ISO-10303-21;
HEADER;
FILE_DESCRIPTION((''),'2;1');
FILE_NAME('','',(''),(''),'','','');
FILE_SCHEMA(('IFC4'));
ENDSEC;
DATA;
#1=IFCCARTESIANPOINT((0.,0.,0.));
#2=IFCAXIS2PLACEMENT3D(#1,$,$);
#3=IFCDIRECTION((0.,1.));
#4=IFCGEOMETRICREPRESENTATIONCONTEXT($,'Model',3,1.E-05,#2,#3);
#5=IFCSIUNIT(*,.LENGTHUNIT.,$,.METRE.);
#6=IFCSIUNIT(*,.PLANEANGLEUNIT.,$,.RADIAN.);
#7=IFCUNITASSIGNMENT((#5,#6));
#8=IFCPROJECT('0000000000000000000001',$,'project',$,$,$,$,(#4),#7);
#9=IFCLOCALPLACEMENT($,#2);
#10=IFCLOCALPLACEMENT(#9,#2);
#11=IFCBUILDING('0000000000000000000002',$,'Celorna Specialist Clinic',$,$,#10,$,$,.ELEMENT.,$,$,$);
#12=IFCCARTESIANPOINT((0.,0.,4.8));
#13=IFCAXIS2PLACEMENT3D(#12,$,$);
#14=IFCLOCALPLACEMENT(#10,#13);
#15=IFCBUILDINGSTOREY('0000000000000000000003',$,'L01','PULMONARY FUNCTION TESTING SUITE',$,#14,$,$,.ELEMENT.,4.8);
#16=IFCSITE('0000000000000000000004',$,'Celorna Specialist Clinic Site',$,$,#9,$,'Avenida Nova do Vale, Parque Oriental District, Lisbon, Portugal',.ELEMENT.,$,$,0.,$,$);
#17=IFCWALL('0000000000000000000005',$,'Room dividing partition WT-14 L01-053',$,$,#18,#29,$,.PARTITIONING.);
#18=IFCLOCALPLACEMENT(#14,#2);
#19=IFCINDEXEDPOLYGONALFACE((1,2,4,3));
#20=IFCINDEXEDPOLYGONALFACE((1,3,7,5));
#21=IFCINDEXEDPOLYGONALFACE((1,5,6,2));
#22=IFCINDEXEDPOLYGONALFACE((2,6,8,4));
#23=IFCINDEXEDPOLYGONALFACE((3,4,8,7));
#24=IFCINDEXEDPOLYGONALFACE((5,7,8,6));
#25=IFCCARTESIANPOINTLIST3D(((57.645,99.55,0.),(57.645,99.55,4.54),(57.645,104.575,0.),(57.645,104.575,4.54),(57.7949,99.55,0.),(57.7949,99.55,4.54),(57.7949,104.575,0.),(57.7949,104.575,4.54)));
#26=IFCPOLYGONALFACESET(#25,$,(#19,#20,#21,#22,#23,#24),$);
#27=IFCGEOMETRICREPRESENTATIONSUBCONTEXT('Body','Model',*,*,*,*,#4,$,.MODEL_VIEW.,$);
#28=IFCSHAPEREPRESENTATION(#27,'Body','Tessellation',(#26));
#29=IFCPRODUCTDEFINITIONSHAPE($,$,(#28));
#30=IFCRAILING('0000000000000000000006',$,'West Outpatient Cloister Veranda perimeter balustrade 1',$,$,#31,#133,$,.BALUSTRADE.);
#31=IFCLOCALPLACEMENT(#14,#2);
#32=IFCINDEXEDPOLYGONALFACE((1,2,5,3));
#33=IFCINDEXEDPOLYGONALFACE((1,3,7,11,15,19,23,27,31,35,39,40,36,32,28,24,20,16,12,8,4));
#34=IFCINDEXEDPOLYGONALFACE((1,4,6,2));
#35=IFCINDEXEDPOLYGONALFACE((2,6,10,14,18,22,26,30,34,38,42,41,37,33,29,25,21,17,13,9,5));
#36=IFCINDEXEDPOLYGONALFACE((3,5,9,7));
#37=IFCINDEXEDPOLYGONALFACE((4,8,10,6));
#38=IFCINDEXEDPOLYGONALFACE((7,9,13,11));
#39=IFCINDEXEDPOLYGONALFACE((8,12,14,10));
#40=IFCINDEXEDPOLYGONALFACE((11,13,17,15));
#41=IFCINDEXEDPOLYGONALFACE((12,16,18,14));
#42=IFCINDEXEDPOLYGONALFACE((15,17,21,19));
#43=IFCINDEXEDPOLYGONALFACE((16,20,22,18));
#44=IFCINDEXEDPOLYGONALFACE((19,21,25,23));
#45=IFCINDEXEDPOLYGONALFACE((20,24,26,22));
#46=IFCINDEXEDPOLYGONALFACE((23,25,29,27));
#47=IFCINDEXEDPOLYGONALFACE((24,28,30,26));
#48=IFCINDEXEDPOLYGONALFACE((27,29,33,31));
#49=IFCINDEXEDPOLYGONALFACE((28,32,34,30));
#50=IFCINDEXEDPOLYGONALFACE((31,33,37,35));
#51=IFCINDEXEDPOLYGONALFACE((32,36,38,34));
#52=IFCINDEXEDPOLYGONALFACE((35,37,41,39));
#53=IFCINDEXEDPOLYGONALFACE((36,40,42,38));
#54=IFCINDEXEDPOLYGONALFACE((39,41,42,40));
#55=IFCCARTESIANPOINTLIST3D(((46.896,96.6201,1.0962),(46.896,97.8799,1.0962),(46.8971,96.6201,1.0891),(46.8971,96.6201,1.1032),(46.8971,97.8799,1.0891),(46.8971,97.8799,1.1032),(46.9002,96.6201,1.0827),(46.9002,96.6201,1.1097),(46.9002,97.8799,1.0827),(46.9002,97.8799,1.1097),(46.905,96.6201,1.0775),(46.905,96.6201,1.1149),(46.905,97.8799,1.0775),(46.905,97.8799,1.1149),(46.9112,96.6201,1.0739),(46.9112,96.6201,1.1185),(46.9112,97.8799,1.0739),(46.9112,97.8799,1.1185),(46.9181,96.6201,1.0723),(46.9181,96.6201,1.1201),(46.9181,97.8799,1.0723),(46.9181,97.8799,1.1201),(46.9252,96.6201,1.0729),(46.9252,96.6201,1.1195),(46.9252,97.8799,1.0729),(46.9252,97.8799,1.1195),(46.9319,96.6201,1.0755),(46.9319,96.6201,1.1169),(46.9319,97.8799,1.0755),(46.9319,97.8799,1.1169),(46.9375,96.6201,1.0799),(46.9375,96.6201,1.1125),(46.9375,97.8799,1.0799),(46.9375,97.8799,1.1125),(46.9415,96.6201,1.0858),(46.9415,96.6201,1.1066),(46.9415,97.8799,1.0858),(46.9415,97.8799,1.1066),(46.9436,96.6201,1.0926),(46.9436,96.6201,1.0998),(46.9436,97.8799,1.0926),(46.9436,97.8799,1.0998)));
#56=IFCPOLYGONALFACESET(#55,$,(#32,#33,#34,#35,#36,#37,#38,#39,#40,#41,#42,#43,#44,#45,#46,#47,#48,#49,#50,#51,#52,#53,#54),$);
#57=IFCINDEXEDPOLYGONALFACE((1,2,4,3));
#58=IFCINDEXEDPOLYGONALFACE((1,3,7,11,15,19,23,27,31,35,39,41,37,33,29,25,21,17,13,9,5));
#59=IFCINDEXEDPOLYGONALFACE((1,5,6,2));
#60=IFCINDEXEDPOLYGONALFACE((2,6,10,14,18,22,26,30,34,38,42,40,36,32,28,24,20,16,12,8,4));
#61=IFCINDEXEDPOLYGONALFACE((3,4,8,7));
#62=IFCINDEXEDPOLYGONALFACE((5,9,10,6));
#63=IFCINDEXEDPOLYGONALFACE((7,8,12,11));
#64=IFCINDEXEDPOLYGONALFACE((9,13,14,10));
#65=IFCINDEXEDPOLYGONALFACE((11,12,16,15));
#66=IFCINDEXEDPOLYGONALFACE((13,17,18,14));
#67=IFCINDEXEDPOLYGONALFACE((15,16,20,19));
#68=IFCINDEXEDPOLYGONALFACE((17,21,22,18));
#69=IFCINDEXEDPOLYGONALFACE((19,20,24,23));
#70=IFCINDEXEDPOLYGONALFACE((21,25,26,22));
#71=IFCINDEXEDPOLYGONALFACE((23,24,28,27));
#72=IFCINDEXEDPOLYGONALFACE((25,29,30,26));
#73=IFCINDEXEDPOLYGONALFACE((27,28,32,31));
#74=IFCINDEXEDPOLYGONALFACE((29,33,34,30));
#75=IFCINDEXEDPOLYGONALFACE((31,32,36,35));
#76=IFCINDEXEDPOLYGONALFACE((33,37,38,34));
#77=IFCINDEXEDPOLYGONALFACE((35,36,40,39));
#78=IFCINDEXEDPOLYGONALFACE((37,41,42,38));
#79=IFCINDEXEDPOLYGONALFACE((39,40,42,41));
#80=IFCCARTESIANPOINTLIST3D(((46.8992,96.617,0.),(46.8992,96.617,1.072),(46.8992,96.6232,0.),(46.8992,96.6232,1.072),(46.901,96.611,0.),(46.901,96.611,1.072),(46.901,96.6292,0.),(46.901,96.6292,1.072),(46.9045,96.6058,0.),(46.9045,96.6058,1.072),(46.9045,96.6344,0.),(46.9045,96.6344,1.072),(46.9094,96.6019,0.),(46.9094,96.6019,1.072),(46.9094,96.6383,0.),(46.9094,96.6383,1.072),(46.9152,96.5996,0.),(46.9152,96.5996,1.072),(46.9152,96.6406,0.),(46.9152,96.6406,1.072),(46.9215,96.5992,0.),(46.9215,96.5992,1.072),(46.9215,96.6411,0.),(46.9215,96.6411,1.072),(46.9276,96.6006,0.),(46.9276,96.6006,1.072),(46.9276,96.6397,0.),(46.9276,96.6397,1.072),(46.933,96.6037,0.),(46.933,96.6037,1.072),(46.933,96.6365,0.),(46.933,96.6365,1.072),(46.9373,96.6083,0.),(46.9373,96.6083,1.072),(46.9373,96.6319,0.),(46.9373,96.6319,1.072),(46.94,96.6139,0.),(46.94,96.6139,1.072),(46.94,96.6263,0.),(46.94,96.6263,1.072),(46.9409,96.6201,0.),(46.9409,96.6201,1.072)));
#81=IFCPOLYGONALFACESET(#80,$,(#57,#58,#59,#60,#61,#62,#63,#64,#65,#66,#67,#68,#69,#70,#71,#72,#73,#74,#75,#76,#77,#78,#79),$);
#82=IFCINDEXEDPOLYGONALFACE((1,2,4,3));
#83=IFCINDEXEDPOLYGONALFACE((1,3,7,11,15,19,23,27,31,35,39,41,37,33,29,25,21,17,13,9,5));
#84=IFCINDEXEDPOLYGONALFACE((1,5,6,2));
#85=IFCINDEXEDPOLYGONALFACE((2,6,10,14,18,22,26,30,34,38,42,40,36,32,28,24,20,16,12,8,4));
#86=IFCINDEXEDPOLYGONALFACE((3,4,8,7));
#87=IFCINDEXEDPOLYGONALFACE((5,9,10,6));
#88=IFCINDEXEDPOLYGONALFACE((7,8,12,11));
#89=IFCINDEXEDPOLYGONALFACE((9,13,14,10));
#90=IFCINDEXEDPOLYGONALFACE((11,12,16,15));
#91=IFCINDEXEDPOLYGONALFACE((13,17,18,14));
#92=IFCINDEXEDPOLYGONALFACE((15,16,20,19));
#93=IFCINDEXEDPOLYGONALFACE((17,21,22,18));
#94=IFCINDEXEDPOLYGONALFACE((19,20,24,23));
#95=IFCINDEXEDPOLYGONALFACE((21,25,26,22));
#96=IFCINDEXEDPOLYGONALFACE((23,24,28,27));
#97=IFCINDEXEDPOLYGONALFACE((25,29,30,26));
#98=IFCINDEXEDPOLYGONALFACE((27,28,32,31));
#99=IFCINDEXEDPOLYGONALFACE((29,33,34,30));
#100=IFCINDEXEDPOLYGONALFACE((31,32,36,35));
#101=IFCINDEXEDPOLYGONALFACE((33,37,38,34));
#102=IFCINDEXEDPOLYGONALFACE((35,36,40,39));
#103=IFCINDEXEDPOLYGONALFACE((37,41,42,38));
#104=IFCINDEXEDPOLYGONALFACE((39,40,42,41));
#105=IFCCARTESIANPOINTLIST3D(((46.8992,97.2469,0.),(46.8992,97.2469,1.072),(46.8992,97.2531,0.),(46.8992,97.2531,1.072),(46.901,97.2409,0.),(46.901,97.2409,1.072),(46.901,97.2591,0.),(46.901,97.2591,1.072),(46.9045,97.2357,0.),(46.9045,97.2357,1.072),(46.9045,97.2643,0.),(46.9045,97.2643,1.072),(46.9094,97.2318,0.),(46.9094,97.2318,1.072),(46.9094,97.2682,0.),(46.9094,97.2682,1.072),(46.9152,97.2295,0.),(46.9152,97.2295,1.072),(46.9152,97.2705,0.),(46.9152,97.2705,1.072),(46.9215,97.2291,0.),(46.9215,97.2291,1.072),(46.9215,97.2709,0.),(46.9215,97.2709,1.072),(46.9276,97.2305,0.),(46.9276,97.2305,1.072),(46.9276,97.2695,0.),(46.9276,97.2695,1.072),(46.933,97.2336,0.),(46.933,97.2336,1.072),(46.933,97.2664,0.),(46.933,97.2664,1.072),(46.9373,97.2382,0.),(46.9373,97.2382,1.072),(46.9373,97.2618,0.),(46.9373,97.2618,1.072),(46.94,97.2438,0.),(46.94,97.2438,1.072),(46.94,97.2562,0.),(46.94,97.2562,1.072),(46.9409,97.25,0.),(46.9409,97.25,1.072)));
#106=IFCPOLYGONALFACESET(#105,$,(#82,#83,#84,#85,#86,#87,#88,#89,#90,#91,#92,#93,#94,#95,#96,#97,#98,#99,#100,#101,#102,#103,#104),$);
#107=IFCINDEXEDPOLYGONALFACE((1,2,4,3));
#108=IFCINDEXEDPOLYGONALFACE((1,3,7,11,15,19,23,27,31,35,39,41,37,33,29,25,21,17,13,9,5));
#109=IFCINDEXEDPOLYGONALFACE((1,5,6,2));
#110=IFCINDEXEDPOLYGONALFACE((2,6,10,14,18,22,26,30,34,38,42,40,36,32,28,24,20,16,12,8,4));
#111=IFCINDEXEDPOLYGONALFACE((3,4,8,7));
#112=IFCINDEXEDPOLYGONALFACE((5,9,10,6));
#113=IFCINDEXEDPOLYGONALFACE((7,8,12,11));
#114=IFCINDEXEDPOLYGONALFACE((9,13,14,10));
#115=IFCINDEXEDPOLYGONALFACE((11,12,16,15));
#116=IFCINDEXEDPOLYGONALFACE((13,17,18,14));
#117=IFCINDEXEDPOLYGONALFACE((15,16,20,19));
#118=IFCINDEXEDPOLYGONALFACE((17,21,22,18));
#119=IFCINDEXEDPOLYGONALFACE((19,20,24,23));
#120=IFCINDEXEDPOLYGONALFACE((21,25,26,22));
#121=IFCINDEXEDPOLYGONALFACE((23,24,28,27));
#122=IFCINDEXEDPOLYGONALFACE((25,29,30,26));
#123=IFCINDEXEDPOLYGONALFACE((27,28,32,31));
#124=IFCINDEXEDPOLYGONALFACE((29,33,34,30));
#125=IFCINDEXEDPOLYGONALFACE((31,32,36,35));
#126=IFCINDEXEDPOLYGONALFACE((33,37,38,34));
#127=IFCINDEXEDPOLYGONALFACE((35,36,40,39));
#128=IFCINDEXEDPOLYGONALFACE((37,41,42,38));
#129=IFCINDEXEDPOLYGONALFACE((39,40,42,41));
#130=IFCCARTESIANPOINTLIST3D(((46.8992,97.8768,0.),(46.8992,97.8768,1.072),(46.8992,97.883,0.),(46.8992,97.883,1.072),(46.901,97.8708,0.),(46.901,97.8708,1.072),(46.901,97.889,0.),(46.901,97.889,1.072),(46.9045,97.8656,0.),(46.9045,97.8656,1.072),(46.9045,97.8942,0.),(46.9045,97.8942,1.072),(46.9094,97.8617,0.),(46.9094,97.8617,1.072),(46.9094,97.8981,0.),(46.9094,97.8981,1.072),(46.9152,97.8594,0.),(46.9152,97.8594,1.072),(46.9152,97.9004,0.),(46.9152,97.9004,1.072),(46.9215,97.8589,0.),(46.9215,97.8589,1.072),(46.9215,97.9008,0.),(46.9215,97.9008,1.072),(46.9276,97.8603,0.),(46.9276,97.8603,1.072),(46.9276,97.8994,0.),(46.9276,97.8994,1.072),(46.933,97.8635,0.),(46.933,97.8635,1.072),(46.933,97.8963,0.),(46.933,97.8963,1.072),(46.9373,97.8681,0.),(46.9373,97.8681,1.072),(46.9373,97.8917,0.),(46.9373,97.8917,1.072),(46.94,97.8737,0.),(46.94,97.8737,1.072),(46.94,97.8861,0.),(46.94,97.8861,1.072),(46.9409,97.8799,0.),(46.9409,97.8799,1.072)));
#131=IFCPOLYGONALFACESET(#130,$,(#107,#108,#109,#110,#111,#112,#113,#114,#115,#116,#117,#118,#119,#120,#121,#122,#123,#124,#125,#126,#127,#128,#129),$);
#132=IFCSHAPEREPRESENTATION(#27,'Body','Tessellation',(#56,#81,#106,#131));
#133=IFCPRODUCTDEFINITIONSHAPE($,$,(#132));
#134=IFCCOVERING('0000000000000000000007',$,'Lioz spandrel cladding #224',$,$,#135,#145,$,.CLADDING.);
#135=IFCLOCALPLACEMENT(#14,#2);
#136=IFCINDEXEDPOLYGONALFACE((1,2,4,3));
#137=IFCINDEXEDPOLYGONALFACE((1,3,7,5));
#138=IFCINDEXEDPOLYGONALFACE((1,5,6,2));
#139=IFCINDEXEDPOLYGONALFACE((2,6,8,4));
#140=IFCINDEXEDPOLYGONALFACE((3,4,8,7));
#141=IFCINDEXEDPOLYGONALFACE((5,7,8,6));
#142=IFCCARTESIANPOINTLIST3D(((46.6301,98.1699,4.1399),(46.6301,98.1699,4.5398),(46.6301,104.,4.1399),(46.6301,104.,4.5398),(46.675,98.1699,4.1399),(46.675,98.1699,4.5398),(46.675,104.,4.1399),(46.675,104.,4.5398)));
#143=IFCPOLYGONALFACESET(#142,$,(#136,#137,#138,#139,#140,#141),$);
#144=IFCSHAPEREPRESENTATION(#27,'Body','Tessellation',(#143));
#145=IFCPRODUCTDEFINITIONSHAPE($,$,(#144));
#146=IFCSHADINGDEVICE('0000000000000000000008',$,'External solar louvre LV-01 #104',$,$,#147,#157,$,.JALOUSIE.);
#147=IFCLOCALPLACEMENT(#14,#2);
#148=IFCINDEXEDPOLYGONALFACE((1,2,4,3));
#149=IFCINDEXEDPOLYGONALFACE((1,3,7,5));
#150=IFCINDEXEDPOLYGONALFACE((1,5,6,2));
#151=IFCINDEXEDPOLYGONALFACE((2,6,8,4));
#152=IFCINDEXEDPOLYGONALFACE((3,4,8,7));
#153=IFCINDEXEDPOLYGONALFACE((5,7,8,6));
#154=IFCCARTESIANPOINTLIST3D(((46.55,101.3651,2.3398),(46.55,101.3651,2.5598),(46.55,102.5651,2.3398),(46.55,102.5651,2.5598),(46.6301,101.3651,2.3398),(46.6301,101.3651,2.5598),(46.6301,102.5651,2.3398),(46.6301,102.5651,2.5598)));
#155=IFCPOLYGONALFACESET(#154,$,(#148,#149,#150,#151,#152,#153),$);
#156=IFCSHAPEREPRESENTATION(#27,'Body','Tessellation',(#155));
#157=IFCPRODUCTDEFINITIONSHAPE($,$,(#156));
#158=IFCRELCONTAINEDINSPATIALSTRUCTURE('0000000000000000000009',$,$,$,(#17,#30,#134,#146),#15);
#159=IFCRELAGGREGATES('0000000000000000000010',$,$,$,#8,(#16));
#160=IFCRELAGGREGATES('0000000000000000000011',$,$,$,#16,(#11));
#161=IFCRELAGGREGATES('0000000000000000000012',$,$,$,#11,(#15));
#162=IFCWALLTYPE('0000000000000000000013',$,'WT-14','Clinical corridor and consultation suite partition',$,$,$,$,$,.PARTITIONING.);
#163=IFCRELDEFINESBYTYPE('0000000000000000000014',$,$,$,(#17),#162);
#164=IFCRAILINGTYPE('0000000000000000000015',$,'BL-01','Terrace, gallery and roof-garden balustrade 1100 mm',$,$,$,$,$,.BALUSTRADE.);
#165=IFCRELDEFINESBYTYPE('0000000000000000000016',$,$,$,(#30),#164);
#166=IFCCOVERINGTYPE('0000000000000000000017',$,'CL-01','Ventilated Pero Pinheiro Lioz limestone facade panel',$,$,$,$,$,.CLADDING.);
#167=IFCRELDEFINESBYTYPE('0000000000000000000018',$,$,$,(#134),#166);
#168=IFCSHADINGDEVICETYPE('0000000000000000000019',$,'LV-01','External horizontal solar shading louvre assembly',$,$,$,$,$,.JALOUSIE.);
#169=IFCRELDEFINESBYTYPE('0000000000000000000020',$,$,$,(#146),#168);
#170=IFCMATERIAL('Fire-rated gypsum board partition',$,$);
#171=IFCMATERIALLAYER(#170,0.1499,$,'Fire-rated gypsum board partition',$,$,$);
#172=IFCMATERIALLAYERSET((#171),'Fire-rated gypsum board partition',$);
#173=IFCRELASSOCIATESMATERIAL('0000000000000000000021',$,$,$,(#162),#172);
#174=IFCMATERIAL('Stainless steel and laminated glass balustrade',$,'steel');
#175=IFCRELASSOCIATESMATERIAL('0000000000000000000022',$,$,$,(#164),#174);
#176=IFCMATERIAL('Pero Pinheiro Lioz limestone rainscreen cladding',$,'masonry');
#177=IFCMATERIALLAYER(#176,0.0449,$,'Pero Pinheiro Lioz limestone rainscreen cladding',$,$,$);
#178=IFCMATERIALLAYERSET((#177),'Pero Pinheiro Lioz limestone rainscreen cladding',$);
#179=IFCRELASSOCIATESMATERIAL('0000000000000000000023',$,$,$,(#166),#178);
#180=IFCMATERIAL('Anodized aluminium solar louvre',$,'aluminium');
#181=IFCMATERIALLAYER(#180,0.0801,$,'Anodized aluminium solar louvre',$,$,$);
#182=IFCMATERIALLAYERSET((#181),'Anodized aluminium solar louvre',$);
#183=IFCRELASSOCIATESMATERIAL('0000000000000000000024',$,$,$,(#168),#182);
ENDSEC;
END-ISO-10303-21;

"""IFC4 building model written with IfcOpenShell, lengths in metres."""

from ifc_helpers import new_model, si_unit, direction, frame, frame_2d, origin, origin_2d, place, context, subcontext, project, spatial, rectangle, circle, extrude, material, layer, layer_set, type_object, element, save


model = new_model("IFC4")

# Units and contexts
model_context = context("Model", 3, precision=1e-05, world=origin(), true_north=direction((0.0, 1.0)))
body_context = subcontext(model_context, "Body", "Model", "MODEL_VIEW")
ifc_project = project(units=[si_unit("LENGTHUNIT", "METRE"), si_unit("PLANEANGLEUNIT", "RADIAN")], contexts=[model_context])

# Site, building, storey
site_placement = place(None, origin())
site = spatial("IfcSite", under=ifc_project, at=site_placement, Name="Celorna Specialist Clinic Site", LongName="Avenida Nova do Vale, Parque Oriental District, Lisbon, Portugal", CompositionType="ELEMENT", RefElevation=0.0)
building_placement = place(site_placement, origin())
building = spatial("IfcBuilding", under=site, at=building_placement, Name="Celorna Specialist Clinic", CompositionType="ELEMENT")
storey_placement = place(building_placement, frame((0.0, 0.0, 4.8)))
storey = spatial("IfcBuildingStorey", under=building, at=storey_placement, Name="L01", Description="PULMONARY FUNCTION TESTING SUITE", CompositionType="ELEMENT", Elevation=4.8)

# Wall
ifc_material_1 = material(Name="Fire-rated gypsum board partition")
ifc_layer_1 = layer(ifc_material_1, 0.1499, Name="Fire-rated gypsum board partition")
ifc_layer_set_1 = layer_set([ifc_layer_1], Name="Fire-rated gypsum board partition")
wall_type_1 = type_object("IfcWallType", Name="WT-14", Description="Clinical corridor and consultation suite partition", PredefinedType="PARTITIONING", material=ifc_layer_set_1)
wall_1_placement = place(storey_placement, frame((57.72, 99.55, 0.0), z_axis=(0.0, 0.0, 1.0), x_axis=(0.0, 1.0, 0.0)))
element("IfcWall", 1, at=wall_1_placement, inside=storey, type_object=wall_type_1, Name="Room dividing partition WT-14 L01-053", PredefinedType="PARTITIONING", context=body_context, shape_type="SweptSolid", body=[
    extrude(rectangle(XDim=5.0249, YDim=0.1499, at=frame_2d((2.5125, 0.0))), origin(), (0.0, 0.0, 1.0), 4.54),
])

# Railing
ifc_material_2 = material(Name="Stainless steel and laminated glass balustrade", Category="steel")
railing_type = type_object("IfcRailingType", Name="BL-01", Description="Terrace, gallery and roof-garden balustrade 1100 mm", PredefinedType="BALUSTRADE", material=ifc_material_2)
railing_placement = place(storey_placement, frame((46.9199, 96.6201, 0.0)))
element("IfcRailing", 2, at=railing_placement, inside=storey, type_object=railing_type, Name="West Outpatient Cloister Veranda perimeter balustrade 1", PredefinedType="BALUSTRADE", context=body_context, shape_type="SweptSolid", body=[
    extrude(circle(Radius=0.0239, at=origin_2d()), frame((0.0, 0.0, 1.0962), z_axis=(0.0, 1.0, 0.0), x_axis=(-1.0, 0.0, 0.0)), (0.0, 0.0, 1.0), 1.2598),
    extrude(circle(Radius=0.021, at=origin_2d()), origin(), (0.0, 0.0, 1.0), 1.072),
    extrude(circle(Radius=0.021, at=origin_2d()), frame((0.0, 0.6299, 0.0)), (0.0, 0.0, 1.0), 1.072),
    extrude(circle(Radius=0.021, at=origin_2d()), frame((0.0, 1.2598, 0.0)), (0.0, 0.0, 1.0), 1.072),
])

# Covering
ifc_material_3 = material(Name="Pero Pinheiro Lioz limestone rainscreen cladding", Category="masonry")
ifc_layer_2 = layer(ifc_material_3, 0.0449, Name="Pero Pinheiro Lioz limestone rainscreen cladding")
ifc_layer_set_2 = layer_set([ifc_layer_2], Name="Pero Pinheiro Lioz limestone rainscreen cladding")
covering_type = type_object("IfcCoveringType", Name="CL-01", Description="Ventilated Pero Pinheiro Lioz limestone facade panel", PredefinedType="CLADDING", material=ifc_layer_set_2)
covering_placement = place(storey_placement, frame((46.6526, 101.085, 4.1399), z_axis=(0.0, 0.0, 1.0), x_axis=(0.0, 1.0, 0.0)))
element("IfcCovering", 3, at=covering_placement, inside=storey, type_object=covering_type, Name="Lioz spandrel cladding #224", PredefinedType="CLADDING", context=body_context, shape_type="SweptSolid", body=[
    extrude(rectangle(XDim=5.8301, YDim=0.0449, at=origin_2d()), origin(), (0.0, 0.0, 1.0), 0.3999),
])

# Shading device
ifc_material_4 = material(Name="Anodized aluminium solar louvre", Category="aluminium")
ifc_layer_3 = layer(ifc_material_4, 0.0801, Name="Anodized aluminium solar louvre")
ifc_layer_set_3 = layer_set([ifc_layer_3], Name="Anodized aluminium solar louvre")
shading_device_type = type_object("IfcShadingDeviceType", Name="LV-01", Description="External horizontal solar shading louvre assembly", PredefinedType="JALOUSIE", material=ifc_layer_set_3)
shading_device_placement = place(storey_placement, frame((46.5901, 101.9651, 2.3398), z_axis=(0.0, 0.0, 1.0), x_axis=(0.0, 1.0, 0.0)))
element("IfcShadingDevice", 4, at=shading_device_placement, inside=storey, type_object=shading_device_type, Name="External solar louvre LV-01 #104", PredefinedType="JALOUSIE", context=body_context, shape_type="SweptSolid", body=[
    extrude(rectangle(XDim=1.2, YDim=0.0801, at=origin_2d()), origin(), (0.0, 0.0, 1.0), 0.22),
])

save(model, "model.ifc")
